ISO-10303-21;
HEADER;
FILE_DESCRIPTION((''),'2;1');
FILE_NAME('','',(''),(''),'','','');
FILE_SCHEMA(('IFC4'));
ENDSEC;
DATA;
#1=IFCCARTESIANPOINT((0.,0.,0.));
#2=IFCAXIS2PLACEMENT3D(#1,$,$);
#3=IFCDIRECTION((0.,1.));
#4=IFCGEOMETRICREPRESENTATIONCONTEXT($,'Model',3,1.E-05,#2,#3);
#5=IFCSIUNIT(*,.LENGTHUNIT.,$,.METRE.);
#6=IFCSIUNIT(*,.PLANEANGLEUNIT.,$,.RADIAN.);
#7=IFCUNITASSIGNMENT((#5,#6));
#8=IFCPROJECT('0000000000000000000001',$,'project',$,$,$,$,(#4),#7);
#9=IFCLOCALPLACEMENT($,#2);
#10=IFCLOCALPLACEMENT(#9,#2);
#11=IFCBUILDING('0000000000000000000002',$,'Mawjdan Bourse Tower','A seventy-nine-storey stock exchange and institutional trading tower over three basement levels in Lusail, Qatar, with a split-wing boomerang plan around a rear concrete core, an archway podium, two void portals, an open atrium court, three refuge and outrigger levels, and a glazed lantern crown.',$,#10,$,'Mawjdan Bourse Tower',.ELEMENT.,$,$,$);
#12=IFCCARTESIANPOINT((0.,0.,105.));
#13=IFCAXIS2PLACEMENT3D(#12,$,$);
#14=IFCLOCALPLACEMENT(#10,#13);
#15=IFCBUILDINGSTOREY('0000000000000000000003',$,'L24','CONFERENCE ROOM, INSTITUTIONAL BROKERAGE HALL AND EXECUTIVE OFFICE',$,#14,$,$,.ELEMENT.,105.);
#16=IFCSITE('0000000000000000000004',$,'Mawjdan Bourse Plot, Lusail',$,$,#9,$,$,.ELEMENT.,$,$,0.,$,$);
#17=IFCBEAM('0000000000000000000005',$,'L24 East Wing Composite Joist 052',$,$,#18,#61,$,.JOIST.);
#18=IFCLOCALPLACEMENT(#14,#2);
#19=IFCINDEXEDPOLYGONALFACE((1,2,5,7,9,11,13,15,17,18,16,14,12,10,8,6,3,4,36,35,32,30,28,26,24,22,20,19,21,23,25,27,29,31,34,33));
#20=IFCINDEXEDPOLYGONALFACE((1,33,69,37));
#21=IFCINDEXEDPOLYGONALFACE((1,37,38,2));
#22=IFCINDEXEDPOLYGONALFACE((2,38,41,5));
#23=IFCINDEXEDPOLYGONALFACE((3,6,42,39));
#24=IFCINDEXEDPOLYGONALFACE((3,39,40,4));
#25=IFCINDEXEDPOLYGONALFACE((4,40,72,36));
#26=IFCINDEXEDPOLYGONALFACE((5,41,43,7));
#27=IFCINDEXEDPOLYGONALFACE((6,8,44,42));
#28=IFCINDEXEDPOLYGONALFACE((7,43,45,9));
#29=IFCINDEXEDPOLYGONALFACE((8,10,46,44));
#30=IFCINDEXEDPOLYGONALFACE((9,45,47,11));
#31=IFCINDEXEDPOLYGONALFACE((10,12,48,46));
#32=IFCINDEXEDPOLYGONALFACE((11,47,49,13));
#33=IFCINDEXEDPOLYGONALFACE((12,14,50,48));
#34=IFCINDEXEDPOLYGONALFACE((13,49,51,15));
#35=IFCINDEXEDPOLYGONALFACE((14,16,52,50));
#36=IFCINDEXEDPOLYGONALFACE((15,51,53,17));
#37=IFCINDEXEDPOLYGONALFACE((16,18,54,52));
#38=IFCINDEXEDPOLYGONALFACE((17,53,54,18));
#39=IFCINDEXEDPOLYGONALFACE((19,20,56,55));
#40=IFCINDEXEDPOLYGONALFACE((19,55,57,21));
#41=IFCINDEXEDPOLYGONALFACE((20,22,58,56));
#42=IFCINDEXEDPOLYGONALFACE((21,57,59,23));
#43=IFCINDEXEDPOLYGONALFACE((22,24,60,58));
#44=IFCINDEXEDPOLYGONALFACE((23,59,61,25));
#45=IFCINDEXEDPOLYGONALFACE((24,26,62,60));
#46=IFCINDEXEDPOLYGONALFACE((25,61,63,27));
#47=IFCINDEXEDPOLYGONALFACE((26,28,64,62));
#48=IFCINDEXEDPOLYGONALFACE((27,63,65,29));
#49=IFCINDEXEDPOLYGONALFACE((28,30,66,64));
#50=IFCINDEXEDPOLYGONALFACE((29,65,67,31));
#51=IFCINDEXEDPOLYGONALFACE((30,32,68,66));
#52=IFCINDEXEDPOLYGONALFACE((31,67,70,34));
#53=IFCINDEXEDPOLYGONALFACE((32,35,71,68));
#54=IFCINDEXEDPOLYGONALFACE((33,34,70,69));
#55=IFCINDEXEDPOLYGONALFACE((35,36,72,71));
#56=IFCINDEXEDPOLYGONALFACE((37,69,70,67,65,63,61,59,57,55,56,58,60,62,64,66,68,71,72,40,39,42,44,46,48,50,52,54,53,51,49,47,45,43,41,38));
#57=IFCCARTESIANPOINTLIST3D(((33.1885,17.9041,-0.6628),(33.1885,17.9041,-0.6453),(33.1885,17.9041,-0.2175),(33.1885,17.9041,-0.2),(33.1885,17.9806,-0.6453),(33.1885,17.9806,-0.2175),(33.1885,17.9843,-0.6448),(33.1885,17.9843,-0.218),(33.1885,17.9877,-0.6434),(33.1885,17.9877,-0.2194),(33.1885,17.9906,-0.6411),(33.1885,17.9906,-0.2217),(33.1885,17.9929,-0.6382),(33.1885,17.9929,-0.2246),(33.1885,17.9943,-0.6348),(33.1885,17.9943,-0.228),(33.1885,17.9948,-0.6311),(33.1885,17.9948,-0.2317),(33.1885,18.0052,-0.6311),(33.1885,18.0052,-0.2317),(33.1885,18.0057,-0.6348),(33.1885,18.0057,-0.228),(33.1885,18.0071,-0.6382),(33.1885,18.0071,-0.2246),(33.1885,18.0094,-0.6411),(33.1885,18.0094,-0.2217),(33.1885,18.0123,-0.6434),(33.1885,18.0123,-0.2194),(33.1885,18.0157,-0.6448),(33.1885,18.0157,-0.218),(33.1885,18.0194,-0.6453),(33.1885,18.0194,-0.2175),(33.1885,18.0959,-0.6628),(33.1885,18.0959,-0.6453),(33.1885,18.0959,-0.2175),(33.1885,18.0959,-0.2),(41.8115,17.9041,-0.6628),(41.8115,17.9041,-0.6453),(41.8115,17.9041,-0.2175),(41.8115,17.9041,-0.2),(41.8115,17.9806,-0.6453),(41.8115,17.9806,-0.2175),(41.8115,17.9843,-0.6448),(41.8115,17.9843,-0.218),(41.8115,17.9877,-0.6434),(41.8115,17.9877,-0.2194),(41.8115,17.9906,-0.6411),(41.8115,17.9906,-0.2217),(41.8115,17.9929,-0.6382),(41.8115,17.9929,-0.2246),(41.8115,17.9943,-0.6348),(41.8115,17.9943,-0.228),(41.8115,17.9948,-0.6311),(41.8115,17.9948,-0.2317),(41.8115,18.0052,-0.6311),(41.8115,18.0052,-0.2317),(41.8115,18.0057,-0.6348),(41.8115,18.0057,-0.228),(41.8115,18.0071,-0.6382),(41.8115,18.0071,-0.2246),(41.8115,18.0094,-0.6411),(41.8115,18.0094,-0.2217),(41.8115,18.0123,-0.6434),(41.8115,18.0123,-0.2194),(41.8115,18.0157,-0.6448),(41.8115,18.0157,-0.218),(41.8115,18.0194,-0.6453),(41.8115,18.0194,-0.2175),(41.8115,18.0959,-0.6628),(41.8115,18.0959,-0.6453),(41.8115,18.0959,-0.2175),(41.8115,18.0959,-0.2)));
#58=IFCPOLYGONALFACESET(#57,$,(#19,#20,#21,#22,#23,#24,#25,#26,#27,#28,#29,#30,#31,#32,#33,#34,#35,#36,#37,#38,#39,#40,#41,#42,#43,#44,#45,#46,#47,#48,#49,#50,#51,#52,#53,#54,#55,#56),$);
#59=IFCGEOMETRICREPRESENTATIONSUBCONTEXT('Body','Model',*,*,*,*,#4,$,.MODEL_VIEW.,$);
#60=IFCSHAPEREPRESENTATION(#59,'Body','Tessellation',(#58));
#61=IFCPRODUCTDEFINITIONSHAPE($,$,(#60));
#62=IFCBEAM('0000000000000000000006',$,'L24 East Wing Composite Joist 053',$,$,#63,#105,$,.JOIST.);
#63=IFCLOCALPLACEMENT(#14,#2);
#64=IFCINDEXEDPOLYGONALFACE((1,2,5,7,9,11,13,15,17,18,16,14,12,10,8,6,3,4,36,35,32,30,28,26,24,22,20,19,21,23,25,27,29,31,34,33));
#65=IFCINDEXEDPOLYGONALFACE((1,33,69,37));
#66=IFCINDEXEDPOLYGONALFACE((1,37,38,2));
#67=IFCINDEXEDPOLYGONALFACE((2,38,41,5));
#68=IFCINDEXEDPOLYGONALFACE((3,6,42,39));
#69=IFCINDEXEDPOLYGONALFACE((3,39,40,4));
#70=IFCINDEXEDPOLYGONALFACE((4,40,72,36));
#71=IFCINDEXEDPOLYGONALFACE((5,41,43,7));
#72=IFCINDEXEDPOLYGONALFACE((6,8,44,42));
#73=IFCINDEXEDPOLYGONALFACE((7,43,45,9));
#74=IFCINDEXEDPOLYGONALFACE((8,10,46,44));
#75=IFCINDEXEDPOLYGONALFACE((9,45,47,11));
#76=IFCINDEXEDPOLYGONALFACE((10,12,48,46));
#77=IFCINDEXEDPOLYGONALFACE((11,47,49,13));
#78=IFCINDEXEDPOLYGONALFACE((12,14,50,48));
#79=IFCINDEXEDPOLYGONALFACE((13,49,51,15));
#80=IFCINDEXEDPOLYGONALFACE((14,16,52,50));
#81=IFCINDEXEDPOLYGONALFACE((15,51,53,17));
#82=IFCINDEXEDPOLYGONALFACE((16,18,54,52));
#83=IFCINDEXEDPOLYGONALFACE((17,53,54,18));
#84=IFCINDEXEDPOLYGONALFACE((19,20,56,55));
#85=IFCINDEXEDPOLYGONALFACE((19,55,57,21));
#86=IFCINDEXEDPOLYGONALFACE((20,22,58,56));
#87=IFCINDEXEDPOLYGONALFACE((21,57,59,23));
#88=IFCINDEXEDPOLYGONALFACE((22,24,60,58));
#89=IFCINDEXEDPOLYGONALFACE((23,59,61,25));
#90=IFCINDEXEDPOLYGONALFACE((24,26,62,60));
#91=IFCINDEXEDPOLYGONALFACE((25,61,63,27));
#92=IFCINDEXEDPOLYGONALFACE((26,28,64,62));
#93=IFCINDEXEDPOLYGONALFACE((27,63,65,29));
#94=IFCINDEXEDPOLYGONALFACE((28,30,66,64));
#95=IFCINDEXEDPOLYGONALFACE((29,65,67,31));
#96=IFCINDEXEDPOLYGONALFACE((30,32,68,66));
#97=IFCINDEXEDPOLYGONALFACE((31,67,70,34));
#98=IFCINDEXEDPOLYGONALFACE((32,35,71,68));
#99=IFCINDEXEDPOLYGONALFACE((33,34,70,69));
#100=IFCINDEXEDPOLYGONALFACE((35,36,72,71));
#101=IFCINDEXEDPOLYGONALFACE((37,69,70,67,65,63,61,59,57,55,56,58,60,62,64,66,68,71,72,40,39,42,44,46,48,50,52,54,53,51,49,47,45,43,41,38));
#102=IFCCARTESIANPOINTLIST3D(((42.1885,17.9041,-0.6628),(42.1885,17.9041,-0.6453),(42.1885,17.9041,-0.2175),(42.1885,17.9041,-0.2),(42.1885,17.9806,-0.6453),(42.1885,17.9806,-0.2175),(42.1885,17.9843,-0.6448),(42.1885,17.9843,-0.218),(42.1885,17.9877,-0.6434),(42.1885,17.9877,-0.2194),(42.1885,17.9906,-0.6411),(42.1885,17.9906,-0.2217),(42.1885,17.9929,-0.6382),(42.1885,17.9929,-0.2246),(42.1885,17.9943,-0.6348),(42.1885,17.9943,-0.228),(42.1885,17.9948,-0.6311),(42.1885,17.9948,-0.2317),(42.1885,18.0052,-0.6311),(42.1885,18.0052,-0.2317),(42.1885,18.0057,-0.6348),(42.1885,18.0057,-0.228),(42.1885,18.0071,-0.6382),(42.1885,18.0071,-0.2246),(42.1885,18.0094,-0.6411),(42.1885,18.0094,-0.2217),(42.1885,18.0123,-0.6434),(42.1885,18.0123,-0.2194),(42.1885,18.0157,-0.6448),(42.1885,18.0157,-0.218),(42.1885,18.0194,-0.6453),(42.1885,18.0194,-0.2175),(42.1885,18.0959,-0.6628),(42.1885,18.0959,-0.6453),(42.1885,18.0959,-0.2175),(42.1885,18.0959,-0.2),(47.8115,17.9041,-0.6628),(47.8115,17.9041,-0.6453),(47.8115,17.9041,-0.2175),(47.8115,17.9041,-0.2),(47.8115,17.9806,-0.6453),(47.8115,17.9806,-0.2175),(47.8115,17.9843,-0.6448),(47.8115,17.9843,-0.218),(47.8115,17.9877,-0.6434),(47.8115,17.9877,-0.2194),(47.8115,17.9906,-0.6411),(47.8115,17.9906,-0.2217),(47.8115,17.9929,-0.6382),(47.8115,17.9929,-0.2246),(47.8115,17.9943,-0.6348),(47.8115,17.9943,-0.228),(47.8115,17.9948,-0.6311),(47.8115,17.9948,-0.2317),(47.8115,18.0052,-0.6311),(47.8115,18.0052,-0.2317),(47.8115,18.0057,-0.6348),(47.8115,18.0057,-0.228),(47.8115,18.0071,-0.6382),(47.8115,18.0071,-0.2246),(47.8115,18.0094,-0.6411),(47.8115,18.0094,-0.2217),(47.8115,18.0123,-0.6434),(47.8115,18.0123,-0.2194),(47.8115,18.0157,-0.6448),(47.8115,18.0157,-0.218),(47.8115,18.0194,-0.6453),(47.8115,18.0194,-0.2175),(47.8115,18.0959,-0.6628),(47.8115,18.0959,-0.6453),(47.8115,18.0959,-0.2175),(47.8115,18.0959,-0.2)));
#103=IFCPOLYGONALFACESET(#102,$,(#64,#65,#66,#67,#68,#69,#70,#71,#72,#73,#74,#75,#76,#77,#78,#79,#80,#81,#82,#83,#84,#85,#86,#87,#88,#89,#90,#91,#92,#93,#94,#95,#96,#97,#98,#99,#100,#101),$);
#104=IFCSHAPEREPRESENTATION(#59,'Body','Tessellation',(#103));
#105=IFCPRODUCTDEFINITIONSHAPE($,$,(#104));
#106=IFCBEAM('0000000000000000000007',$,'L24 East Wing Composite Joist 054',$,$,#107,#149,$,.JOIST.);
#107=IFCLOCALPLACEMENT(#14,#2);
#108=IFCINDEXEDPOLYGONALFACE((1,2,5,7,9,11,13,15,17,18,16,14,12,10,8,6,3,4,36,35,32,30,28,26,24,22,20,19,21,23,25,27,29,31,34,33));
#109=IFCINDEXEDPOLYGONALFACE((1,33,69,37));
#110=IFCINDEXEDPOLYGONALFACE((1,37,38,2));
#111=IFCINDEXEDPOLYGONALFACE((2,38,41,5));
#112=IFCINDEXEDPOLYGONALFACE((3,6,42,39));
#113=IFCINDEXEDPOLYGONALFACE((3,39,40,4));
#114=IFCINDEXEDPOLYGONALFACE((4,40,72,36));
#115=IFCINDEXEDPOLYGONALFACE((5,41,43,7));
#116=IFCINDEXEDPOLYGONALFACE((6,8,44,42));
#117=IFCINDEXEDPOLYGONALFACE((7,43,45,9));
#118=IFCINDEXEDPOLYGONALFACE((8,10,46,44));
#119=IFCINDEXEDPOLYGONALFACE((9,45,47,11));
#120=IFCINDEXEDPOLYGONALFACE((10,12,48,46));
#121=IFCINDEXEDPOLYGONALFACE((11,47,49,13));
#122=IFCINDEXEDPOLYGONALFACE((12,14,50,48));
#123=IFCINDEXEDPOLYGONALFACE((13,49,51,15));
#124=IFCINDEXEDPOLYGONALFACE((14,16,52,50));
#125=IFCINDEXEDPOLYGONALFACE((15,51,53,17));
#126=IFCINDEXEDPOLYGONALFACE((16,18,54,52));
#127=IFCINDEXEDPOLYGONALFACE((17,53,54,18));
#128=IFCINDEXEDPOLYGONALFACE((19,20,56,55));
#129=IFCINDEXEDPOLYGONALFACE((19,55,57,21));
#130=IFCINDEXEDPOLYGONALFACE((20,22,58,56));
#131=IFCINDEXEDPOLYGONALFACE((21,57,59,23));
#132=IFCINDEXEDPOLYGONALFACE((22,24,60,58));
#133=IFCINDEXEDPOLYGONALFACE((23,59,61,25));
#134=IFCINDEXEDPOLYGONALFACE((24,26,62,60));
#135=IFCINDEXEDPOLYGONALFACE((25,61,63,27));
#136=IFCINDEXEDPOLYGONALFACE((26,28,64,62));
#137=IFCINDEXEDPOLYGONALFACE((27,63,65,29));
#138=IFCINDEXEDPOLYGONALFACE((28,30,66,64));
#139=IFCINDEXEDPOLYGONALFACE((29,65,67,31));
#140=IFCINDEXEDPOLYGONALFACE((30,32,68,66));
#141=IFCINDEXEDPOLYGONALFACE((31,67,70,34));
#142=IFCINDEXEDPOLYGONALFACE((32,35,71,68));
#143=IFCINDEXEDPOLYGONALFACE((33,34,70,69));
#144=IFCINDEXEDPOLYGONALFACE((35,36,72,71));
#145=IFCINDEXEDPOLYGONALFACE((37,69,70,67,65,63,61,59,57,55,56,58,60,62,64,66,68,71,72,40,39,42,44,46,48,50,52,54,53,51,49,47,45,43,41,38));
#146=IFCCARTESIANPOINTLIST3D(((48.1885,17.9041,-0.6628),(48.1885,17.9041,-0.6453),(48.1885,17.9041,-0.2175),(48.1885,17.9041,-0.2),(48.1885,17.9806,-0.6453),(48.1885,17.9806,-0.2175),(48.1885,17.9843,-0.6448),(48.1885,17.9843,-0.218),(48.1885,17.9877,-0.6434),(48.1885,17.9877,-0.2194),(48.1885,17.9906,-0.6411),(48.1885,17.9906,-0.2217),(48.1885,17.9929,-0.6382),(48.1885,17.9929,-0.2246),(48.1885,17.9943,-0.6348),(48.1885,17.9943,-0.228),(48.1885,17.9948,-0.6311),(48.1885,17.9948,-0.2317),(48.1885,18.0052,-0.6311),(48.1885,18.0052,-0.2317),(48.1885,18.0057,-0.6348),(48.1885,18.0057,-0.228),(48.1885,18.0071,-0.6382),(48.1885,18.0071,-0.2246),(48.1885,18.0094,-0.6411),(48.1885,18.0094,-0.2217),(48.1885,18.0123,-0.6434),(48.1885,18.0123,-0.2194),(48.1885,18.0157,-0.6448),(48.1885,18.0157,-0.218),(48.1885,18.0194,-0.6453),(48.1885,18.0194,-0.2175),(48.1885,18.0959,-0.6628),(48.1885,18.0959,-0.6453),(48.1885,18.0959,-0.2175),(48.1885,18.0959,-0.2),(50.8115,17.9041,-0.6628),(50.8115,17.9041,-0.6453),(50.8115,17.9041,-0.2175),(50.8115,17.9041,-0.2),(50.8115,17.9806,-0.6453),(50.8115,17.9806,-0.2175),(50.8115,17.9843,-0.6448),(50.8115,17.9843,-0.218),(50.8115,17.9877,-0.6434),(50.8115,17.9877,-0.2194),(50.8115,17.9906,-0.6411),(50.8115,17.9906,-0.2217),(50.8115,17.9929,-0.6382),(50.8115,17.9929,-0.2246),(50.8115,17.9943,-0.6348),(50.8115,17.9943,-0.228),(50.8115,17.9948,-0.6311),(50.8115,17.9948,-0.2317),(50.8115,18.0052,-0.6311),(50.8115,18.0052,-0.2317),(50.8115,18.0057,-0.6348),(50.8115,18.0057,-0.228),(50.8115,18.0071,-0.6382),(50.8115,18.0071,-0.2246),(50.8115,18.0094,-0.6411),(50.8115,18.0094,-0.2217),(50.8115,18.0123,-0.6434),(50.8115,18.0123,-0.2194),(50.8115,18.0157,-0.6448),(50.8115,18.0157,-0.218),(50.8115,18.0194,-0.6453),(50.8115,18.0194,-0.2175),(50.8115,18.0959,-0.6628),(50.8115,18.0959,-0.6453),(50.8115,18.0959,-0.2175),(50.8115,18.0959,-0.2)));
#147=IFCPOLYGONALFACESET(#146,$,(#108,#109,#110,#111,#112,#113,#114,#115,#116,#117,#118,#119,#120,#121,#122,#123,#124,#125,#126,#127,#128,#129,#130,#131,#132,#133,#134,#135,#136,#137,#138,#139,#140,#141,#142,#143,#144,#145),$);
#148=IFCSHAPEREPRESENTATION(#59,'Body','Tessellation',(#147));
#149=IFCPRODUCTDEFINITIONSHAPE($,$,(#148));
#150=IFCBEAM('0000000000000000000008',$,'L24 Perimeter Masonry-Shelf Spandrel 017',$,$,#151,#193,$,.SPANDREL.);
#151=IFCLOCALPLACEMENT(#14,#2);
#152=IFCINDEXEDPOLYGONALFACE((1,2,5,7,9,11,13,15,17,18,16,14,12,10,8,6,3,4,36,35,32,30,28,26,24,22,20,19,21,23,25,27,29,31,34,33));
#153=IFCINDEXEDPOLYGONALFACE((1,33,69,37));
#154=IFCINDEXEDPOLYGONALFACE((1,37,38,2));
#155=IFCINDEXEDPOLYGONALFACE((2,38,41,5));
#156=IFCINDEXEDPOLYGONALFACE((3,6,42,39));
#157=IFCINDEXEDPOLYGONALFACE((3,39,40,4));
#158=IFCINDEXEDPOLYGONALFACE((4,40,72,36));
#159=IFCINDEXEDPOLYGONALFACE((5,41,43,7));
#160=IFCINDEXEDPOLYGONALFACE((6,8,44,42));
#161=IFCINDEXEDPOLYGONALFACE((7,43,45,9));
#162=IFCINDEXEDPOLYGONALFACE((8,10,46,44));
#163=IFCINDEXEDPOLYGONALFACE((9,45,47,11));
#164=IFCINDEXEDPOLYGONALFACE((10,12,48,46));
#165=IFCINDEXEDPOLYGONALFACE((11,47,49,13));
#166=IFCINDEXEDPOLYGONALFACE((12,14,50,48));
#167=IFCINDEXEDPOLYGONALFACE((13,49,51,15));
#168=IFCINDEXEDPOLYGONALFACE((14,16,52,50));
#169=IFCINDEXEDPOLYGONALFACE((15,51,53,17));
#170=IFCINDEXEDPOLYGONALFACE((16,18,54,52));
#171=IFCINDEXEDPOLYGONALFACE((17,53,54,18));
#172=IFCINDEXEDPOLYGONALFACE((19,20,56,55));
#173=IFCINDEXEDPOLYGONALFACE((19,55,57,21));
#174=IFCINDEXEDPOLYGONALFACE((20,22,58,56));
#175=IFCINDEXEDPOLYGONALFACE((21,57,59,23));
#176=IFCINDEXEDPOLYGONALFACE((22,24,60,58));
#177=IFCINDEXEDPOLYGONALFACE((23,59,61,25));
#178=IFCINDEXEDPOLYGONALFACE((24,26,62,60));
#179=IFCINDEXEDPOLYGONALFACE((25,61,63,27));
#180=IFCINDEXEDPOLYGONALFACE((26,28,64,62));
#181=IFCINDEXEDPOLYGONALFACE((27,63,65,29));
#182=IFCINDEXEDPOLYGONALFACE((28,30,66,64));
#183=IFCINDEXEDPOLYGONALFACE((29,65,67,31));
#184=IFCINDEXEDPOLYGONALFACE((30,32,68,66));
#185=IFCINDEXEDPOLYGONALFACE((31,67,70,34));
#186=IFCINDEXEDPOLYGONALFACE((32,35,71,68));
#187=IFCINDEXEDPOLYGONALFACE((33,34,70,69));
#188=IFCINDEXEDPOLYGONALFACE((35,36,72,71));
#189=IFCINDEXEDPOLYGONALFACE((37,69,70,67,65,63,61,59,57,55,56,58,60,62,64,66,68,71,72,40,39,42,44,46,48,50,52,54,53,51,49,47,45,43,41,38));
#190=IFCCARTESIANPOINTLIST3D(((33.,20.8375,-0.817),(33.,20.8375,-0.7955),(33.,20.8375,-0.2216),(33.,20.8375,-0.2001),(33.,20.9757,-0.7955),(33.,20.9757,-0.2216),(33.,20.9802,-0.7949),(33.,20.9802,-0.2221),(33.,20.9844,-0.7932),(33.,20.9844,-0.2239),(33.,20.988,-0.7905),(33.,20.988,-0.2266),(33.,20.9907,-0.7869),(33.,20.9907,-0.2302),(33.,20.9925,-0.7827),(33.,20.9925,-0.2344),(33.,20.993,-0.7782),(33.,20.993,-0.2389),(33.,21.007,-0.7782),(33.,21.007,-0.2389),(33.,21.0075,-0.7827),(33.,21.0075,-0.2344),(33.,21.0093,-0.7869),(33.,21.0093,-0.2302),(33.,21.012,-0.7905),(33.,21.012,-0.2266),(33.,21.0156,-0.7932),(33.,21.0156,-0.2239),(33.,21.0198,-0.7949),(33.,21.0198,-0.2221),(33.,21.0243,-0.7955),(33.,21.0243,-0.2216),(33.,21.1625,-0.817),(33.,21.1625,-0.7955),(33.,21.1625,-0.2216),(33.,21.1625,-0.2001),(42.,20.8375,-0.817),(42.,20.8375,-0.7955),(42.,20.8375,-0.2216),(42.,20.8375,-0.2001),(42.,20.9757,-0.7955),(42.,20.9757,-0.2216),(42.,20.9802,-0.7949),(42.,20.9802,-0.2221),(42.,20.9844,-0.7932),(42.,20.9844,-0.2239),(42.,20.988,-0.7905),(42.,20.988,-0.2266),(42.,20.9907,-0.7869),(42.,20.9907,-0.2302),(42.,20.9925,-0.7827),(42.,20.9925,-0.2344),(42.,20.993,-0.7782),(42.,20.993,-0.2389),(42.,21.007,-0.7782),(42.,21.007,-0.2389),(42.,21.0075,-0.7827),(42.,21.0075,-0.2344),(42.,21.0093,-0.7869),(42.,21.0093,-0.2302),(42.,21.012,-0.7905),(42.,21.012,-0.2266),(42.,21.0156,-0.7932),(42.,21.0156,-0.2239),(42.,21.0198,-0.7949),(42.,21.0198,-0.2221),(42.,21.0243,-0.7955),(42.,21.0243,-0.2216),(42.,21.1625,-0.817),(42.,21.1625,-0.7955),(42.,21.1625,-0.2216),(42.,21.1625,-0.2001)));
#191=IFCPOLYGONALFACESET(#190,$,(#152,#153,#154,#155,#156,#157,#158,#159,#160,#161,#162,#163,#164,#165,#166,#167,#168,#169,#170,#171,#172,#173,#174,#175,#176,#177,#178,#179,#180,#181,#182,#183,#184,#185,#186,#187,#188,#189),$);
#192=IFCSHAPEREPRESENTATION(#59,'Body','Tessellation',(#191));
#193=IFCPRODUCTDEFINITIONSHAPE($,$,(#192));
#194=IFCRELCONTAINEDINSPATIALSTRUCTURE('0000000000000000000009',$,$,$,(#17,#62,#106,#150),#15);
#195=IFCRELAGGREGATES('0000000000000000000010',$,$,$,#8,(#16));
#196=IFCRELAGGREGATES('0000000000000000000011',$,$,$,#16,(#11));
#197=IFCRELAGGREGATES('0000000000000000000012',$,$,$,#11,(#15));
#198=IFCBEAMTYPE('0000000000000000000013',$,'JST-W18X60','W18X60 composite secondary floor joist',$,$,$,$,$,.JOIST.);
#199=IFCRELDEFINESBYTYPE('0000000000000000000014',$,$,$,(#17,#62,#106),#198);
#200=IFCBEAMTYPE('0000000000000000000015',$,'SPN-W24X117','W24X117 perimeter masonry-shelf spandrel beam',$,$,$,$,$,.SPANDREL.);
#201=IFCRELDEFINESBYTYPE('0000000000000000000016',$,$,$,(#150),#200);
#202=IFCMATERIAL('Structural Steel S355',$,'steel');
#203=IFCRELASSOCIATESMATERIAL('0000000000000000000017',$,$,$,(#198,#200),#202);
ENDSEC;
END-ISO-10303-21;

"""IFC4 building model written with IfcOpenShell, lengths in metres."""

from ifc_helpers import new_model, si_unit, direction, frame, origin, origin_2d, place, context, subcontext, project, spatial, i_section, extrude, material, material_profile, profile_set, type_object, element, save


model = new_model("IFC4")

# Units and contexts
model_context = context("Model", 3, precision=1e-05, world=origin(), true_north=direction((0.0, 1.0)))
body_context = subcontext(model_context, "Body", "Model", "MODEL_VIEW")
ifc_project = project(units=[si_unit("LENGTHUNIT", "METRE"), si_unit("PLANEANGLEUNIT", "RADIAN")], contexts=[model_context])

# Site, building, storey
site_placement = place(None, origin())
site = spatial("IfcSite", under=ifc_project, at=site_placement, Name="Mawjdan Bourse Plot, Lusail", CompositionType="ELEMENT", RefElevation=0.0)
building_placement = place(site_placement, origin())
building = spatial("IfcBuilding", under=site, at=building_placement, Name="Mawjdan Bourse Tower", Description="A seventy-nine-storey stock exchange and institutional trading tower over three basement levels in Lusail, Qatar, with a split-wing boomerang plan around a rear concrete core, an archway podium, two void portals, an open atrium court, three refuge and outrigger levels, and a glazed lantern crown.", LongName="Mawjdan Bourse Tower", CompositionType="ELEMENT")
storey_placement = place(building_placement, frame((0.0, 0.0, 105.0)))
storey = spatial("IfcBuildingStorey", under=building, at=storey_placement, Name="L24", Description="CONFERENCE ROOM, INSTITUTIONAL BROKERAGE HALL AND EXECUTIVE OFFICE", CompositionType="ELEMENT", Elevation=105.0)

# Beams
ifc_material_1 = material(Name="Structural Steel S355", Category="steel")
ifc_material_profile_1 = material_profile(ifc_material_1, i_section(OverallWidth=0.1919, OverallDepth=0.4629, WebThickness=0.0105, FlangeThickness=0.0176, FilletRadius=0.0142, at=origin_2d()), Name="W18X60")
ifc_profile_set_1 = profile_set([ifc_material_profile_1], Name="Structural Steel S355")
beam_type_1 = type_object("IfcBeamType", Name="JST-W18X60", Description="W18X60 composite secondary floor joist", PredefinedType="JOIST", material=ifc_profile_set_1)
beam_1_placement = place(storey_placement, frame((33.1885, 18.0, -0.4314), z_axis=(1.0, 0.0, 0.0), x_axis=(0.0, 1.0, 0.0)))
element("IfcBeam", 1, at=beam_1_placement, inside=storey, type_object=beam_type_1, Name="L24 East Wing Composite Joist 052", PredefinedType="JOIST", context=body_context, shape_type="SweptSolid", body=[
    extrude(i_section(OverallWidth=0.1919, OverallDepth=0.4629, WebThickness=0.0105, FlangeThickness=0.0176, FilletRadius=0.0142, at=origin_2d()), origin(), (0.0, 0.0, 1.0), 8.623),
])
beam_2_placement = place(storey_placement, frame((42.1885, 18.0, -0.4314), z_axis=(1.0, 0.0, 0.0), x_axis=(0.0, 1.0, 0.0)))
element("IfcBeam", 2, at=beam_2_placement, inside=storey, type_object=beam_type_1, Name="L24 East Wing Composite Joist 053", PredefinedType="JOIST", context=body_context, shape_type="SweptSolid", body=[
    extrude(i_section(OverallWidth=0.1919, OverallDepth=0.4629, WebThickness=0.0105, FlangeThickness=0.0176, FilletRadius=0.0142, at=origin_2d()), origin(), (0.0, 0.0, 1.0), 5.623),
])
beam_3_placement = place(storey_placement, frame((48.1885, 18.0, -0.4314), z_axis=(1.0, 0.0, 0.0), x_axis=(0.0, 1.0, 0.0)))
element("IfcBeam", 3, at=beam_3_placement, inside=storey, type_object=beam_type_1, Name="L24 East Wing Composite Joist 054", PredefinedType="JOIST", context=body_context, shape_type="SweptSolid", body=[
    extrude(i_section(OverallWidth=0.1919, OverallDepth=0.4629, WebThickness=0.0105, FlangeThickness=0.0176, FilletRadius=0.0142, at=origin_2d()), origin(), (0.0, 0.0, 1.0), 2.623),
])
ifc_material_profile_2 = material_profile(ifc_material_1, i_section(OverallWidth=0.325, OverallDepth=0.6169, WebThickness=0.0139, FlangeThickness=0.0215, FilletRadius=0.0173, at=origin_2d()), Name="W24X117")
ifc_profile_set_2 = profile_set([ifc_material_profile_2], Name="Structural Steel S355")
beam_type_2 = type_object("IfcBeamType", Name="SPN-W24X117", Description="W24X117 perimeter masonry-shelf spandrel beam", PredefinedType="SPANDREL", material=ifc_profile_set_2)
beam_4_placement = place(storey_placement, frame((33.0, 21.0, -0.5085), z_axis=(1.0, 0.0, 0.0), x_axis=(0.0, 1.0, 0.0)))
element("IfcBeam", 4, at=beam_4_placement, inside=storey, type_object=beam_type_2, Name="L24 Perimeter Masonry-Shelf Spandrel 017", PredefinedType="SPANDREL", context=body_context, shape_type="SweptSolid", body=[
    extrude(i_section(OverallWidth=0.325, OverallDepth=0.6169, WebThickness=0.0139, FlangeThickness=0.0215, FilletRadius=0.0173, at=origin_2d()), origin(), (0.0, 0.0, 1.0), 9.0),
])

save(model, "model.ifc")
